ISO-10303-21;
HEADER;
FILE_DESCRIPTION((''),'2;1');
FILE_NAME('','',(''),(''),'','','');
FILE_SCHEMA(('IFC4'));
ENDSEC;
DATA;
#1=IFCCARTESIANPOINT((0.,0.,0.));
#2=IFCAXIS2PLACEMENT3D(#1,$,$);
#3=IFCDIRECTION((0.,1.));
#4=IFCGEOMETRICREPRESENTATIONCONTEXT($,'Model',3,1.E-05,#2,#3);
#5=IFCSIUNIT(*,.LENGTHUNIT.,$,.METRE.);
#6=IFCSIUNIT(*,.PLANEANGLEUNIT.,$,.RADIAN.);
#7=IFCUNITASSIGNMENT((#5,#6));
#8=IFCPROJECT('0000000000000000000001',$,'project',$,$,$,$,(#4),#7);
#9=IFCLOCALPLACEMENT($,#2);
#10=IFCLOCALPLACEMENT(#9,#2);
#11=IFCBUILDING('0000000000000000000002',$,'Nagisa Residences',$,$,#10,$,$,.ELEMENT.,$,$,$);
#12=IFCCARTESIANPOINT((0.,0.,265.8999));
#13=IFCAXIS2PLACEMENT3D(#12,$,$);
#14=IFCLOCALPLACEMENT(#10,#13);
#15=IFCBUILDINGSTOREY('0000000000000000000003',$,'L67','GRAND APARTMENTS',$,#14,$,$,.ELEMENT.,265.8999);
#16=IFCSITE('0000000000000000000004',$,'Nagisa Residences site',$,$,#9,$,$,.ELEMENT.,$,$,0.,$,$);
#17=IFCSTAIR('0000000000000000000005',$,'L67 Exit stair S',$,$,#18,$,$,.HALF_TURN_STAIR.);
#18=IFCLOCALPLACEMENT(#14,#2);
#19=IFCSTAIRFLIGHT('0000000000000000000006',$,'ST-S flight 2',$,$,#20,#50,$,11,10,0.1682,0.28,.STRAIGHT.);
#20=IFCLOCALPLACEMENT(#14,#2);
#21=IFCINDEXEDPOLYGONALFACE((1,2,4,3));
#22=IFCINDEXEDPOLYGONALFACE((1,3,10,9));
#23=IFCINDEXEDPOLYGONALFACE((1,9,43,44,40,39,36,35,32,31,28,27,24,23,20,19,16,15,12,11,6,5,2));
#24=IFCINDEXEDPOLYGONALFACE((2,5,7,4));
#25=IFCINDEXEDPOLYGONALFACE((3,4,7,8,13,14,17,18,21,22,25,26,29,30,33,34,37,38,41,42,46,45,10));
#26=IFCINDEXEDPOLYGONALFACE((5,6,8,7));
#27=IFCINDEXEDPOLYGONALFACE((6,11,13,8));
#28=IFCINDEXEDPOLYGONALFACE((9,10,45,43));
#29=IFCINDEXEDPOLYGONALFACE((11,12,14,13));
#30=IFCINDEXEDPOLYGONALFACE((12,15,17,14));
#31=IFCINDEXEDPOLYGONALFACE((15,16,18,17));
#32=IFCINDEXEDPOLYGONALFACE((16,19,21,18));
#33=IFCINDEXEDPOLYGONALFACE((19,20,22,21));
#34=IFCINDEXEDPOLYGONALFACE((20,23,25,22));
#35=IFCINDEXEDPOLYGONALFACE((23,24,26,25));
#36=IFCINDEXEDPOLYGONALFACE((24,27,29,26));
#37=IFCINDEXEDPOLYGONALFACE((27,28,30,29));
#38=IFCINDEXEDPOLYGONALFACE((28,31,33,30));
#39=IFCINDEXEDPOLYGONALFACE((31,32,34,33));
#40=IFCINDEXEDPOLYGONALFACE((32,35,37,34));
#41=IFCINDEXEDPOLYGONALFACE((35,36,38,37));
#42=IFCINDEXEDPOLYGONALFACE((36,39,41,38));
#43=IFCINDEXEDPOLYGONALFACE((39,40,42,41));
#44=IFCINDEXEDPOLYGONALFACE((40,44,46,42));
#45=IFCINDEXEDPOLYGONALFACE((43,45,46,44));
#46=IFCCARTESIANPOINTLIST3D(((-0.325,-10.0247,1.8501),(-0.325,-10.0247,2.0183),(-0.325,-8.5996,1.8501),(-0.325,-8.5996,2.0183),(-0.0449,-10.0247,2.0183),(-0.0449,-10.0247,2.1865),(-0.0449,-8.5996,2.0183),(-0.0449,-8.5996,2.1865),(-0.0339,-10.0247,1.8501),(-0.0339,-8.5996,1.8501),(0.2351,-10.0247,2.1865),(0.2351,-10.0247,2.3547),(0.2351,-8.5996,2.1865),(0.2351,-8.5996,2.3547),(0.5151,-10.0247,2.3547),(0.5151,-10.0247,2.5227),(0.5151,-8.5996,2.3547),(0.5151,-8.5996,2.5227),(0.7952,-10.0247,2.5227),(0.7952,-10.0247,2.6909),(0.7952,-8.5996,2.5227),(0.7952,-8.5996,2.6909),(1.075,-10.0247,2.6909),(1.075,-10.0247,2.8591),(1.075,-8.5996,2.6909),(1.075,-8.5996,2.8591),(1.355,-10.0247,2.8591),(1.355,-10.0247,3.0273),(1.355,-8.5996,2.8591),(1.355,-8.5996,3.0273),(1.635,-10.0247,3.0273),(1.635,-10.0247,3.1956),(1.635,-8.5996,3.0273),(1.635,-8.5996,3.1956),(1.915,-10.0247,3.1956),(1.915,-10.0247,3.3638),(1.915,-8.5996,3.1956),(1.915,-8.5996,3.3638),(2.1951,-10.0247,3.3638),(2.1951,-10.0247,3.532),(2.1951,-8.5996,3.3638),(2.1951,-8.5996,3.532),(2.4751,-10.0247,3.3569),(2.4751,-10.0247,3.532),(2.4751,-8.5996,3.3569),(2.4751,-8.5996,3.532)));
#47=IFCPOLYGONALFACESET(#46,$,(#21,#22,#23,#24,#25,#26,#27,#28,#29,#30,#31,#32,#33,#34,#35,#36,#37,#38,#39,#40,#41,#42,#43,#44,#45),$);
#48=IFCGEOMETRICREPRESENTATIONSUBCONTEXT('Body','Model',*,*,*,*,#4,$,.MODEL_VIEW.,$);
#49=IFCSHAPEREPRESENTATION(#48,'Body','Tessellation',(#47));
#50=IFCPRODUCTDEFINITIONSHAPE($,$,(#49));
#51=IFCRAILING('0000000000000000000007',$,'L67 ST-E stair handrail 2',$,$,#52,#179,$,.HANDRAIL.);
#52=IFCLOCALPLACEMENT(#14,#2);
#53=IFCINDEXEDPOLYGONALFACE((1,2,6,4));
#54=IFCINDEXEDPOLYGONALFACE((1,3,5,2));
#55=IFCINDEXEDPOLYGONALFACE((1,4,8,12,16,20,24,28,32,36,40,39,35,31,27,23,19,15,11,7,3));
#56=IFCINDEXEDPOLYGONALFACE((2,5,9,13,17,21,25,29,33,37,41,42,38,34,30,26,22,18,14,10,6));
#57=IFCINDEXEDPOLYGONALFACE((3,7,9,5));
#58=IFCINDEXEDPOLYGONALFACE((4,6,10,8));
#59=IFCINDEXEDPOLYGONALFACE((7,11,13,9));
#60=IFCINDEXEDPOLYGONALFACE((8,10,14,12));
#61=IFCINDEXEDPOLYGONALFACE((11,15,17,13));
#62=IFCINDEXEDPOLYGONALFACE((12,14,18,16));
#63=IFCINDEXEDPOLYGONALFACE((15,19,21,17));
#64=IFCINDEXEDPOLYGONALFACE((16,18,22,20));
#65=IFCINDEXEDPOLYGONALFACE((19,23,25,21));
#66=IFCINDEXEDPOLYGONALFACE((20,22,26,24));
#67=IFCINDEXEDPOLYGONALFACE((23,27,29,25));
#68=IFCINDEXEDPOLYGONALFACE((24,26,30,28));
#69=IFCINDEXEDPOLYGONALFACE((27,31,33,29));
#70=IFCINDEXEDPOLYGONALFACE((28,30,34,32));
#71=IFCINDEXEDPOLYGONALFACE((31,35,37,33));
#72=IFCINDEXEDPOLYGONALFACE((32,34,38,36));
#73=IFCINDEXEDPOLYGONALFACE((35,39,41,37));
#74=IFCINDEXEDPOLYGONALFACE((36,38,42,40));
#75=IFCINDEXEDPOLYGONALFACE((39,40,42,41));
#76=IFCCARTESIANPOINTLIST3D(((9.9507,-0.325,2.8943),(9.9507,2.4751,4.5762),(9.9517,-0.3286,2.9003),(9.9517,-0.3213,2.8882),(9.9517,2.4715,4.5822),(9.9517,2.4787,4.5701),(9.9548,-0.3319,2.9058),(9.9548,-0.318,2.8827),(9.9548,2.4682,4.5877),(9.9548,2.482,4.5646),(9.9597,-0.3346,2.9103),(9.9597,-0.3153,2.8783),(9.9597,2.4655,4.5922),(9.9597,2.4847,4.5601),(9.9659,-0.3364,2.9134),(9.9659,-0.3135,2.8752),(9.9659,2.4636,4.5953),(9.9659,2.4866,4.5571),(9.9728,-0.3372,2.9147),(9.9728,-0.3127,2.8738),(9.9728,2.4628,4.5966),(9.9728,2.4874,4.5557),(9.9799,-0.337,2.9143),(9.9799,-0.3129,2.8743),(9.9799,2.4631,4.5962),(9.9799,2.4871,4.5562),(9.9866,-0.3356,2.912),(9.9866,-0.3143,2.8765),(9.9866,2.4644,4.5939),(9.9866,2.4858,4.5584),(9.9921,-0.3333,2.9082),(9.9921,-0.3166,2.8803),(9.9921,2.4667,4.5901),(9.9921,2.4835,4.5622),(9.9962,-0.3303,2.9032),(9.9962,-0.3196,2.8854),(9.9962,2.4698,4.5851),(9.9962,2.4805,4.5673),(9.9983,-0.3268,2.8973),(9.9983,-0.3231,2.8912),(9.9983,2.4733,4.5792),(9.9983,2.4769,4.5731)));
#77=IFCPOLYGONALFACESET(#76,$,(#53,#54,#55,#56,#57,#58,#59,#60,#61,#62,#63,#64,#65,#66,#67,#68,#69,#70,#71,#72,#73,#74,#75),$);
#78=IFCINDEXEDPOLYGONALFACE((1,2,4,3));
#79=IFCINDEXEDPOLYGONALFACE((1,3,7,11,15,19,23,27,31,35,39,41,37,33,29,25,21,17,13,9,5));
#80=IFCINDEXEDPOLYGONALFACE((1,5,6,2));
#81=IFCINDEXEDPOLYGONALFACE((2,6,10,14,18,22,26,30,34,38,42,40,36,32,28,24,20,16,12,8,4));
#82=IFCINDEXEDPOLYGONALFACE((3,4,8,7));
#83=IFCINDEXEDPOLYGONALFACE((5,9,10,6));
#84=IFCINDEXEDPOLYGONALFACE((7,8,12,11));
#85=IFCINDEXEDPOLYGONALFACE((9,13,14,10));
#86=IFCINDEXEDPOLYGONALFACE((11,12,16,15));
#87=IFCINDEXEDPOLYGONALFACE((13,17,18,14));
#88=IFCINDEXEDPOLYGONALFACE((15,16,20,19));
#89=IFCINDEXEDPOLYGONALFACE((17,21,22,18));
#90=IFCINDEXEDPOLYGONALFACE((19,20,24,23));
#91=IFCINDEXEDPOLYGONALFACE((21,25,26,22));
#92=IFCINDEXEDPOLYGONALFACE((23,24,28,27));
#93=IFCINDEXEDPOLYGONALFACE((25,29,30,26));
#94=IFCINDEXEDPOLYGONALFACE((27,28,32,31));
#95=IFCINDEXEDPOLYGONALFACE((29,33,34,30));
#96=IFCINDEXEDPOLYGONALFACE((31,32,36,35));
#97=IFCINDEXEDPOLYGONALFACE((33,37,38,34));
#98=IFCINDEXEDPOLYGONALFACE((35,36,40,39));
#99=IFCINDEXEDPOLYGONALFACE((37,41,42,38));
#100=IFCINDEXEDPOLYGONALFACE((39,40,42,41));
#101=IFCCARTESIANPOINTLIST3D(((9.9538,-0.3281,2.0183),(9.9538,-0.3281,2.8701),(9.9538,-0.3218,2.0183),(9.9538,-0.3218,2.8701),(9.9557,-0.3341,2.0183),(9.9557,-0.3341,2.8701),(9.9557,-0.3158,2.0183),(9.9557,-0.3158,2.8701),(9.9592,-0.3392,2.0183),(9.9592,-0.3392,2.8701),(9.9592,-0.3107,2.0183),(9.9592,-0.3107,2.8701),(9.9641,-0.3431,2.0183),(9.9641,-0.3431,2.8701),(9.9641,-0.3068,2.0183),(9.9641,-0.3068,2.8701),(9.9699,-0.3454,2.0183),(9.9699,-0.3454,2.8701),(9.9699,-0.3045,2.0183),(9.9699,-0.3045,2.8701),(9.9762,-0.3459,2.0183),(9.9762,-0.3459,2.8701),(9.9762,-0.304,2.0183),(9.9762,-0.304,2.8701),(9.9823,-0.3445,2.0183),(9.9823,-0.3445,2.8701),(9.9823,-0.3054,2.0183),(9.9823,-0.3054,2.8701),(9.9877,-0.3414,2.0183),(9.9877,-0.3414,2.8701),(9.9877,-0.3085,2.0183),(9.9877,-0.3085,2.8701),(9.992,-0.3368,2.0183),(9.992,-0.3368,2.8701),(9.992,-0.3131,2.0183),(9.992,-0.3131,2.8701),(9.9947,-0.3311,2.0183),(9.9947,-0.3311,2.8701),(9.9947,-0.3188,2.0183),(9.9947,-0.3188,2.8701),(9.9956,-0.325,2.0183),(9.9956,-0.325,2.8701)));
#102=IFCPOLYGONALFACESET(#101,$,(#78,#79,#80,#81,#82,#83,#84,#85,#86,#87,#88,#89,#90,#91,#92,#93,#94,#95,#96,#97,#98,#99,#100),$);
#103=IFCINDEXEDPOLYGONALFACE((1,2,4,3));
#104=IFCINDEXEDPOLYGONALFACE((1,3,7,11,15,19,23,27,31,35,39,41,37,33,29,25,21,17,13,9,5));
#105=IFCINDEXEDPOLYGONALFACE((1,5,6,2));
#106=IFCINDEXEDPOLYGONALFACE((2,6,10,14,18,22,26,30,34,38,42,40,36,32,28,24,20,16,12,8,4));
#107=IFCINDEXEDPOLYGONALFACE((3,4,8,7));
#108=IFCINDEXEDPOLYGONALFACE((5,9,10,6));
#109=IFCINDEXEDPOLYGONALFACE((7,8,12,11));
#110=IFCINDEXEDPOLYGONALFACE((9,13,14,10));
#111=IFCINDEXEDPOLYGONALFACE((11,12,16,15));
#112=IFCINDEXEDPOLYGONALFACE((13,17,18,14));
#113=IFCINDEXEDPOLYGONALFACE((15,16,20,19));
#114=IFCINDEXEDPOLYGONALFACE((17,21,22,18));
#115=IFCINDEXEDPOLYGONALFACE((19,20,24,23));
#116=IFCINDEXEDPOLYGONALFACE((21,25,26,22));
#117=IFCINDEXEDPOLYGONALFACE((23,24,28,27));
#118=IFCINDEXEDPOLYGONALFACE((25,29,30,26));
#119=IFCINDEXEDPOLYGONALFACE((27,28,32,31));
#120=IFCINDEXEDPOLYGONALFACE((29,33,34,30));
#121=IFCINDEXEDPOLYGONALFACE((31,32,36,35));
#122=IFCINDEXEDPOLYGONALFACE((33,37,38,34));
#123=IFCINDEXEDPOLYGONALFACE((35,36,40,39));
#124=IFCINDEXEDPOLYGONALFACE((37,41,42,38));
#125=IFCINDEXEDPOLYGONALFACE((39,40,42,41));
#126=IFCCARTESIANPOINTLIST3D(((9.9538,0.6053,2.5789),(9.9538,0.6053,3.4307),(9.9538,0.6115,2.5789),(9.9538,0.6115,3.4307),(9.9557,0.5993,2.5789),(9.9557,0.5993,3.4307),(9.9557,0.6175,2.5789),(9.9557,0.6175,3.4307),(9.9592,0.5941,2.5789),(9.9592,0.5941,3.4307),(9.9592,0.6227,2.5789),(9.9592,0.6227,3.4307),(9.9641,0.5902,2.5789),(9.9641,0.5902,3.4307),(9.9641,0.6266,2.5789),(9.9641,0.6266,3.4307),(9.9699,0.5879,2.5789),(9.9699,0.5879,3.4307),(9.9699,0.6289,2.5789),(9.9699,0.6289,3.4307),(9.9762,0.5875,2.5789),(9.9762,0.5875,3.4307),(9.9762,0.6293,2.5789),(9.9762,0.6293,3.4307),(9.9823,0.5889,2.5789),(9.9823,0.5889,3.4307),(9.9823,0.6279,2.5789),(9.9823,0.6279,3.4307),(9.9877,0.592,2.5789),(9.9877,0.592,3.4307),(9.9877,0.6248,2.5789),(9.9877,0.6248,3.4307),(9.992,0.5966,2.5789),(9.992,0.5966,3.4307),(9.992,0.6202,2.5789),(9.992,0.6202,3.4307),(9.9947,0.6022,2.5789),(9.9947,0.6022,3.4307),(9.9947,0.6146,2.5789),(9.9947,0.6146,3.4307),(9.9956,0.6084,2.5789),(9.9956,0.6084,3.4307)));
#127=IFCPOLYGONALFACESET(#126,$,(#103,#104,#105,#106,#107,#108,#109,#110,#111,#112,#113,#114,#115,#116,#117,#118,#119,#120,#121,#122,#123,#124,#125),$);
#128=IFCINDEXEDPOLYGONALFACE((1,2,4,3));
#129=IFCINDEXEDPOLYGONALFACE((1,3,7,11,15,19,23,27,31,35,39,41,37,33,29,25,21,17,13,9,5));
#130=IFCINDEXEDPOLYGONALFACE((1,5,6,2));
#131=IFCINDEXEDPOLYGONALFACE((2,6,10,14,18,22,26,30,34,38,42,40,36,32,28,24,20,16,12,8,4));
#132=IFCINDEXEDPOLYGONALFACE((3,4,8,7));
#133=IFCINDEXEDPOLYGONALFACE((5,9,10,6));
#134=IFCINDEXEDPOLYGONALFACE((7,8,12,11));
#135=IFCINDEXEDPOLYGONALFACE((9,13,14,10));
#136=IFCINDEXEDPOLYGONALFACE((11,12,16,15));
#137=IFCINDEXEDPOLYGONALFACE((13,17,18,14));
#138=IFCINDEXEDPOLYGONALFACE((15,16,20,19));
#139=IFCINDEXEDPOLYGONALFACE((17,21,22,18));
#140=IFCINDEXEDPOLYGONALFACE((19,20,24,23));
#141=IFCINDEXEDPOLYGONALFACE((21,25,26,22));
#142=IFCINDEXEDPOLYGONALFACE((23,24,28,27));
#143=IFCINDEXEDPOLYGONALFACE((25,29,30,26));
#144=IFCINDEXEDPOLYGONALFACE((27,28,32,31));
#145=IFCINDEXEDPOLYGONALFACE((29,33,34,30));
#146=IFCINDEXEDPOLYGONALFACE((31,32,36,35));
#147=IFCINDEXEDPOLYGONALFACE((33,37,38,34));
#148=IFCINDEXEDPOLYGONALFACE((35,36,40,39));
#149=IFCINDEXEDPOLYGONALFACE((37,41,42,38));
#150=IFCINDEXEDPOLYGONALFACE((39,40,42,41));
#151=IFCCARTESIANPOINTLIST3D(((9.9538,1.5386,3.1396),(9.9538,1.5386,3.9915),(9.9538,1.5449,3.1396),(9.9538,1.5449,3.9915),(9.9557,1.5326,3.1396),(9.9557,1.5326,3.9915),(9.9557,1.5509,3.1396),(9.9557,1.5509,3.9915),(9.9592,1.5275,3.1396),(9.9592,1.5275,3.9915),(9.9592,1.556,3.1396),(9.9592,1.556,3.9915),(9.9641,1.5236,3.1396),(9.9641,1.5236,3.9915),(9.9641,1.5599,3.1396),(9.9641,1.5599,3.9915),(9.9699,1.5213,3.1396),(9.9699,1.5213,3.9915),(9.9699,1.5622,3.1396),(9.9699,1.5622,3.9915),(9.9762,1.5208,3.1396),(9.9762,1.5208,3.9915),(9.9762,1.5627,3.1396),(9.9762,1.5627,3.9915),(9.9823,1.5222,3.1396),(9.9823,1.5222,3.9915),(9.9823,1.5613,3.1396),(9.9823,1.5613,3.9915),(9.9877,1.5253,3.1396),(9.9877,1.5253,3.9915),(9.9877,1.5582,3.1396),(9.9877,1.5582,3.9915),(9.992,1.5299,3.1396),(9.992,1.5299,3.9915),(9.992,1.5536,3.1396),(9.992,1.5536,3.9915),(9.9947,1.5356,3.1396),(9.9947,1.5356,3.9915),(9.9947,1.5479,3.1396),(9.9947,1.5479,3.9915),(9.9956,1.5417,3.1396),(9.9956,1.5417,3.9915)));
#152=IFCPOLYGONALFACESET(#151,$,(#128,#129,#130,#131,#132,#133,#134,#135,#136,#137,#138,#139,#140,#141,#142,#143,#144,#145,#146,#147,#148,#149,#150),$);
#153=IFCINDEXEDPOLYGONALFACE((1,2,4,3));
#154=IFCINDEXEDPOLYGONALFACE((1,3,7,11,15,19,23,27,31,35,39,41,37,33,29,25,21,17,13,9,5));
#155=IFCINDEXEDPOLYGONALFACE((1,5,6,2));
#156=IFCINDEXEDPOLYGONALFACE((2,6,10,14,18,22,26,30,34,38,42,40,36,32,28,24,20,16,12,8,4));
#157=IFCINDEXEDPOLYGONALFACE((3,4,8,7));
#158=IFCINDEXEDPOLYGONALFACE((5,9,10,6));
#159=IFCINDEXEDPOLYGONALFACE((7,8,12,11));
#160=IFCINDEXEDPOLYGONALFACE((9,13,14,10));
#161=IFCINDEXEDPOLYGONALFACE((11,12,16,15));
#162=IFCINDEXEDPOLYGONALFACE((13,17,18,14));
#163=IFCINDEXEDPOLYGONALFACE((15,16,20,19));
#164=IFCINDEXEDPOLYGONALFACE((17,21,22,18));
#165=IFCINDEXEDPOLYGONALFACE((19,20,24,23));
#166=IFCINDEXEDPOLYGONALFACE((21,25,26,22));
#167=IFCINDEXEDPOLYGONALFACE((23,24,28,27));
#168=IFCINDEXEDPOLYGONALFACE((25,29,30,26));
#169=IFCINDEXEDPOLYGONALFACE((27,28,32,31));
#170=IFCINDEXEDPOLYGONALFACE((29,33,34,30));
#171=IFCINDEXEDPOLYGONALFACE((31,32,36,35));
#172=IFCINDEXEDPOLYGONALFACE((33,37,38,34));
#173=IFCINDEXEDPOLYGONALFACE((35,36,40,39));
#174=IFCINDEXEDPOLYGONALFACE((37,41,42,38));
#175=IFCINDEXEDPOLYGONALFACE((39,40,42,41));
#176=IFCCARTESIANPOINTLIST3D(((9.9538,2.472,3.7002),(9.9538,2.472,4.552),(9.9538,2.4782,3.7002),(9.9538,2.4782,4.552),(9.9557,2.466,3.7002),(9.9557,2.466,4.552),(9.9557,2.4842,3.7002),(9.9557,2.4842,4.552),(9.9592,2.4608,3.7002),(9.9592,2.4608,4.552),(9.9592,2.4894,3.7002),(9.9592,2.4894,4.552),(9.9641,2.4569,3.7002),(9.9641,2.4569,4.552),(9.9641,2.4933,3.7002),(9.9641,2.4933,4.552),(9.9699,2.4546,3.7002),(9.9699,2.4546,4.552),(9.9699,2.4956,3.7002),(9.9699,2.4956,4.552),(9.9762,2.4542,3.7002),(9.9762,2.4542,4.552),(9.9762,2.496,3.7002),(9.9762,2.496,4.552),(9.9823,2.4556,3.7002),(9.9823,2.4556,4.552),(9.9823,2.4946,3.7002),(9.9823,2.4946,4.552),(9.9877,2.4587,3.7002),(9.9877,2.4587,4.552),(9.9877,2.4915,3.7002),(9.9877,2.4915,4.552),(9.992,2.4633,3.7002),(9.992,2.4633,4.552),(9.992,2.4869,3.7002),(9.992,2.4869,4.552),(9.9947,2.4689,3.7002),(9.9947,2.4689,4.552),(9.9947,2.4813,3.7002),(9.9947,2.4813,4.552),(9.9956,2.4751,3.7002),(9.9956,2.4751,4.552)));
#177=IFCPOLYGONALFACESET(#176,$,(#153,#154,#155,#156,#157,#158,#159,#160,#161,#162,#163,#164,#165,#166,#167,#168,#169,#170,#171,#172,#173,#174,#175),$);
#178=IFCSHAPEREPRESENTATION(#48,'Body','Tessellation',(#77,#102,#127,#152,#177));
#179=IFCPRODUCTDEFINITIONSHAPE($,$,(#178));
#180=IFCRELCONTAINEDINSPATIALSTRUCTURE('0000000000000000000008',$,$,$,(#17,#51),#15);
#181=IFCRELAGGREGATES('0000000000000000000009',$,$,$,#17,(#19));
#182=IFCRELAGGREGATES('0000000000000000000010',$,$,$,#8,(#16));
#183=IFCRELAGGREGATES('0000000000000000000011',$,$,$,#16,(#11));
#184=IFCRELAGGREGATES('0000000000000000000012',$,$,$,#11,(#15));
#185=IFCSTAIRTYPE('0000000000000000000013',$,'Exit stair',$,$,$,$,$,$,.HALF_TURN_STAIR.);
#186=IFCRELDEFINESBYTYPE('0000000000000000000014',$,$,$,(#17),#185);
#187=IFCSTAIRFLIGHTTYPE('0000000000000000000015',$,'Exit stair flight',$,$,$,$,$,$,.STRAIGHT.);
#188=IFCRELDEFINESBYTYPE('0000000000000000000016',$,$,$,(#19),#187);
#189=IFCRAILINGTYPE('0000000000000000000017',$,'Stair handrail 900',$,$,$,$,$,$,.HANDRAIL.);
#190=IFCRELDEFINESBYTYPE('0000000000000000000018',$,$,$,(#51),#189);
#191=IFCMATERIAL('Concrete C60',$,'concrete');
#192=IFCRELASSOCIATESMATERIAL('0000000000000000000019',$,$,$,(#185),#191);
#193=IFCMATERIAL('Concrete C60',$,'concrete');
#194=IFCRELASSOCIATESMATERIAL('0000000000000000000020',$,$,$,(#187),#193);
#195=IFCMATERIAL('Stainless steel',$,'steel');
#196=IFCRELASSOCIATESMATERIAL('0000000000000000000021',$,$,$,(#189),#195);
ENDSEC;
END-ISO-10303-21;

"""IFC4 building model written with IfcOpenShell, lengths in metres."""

from ifc_helpers import new_model, si_unit, direction, frame, origin, origin_2d, place, context, subcontext, project, spatial, polyline, circle, outline, extrude, material, type_object, element, aggregate, save


model = new_model("IFC4")

# Units and contexts
model_context = context("Model", 3, precision=1e-05, world=origin(), true_north=direction((0.0, 1.0)))
body_context = subcontext(model_context, "Body", "Model", "MODEL_VIEW")
ifc_project = project(units=[si_unit("LENGTHUNIT", "METRE"), si_unit("PLANEANGLEUNIT", "RADIAN")], contexts=[model_context])

# Site, building, storey
site_placement = place(None, origin())
site = spatial("IfcSite", under=ifc_project, at=site_placement, Name="Nagisa Residences site", CompositionType="ELEMENT", RefElevation=0.0)
building_placement = place(site_placement, origin())
building = spatial("IfcBuilding", under=site, at=building_placement, Name="Nagisa Residences", CompositionType="ELEMENT")
storey_placement = place(building_placement, frame((0.0, 0.0, 265.8999)))
storey = spatial("IfcBuildingStorey", under=building, at=storey_placement, Name="L67", Description="GRAND APARTMENTS", CompositionType="ELEMENT", Elevation=265.8999)

# Shared definitions
ifc_material_1 = material(Name="Concrete C60", Category="concrete")
stair_type = type_object("IfcStairType", Name="Exit stair", PredefinedType="HALF_TURN_STAIR", material=ifc_material_1)
ifc_material_2 = material(Name="Concrete C60", Category="concrete")
stair_flight_type = type_object("IfcStairFlightType", Name="Exit stair flight", PredefinedType="STRAIGHT", material=ifc_material_2)

# Stair, stair flight
stair_1_placement = place(storey_placement, origin())
stair_1 = element("IfcStair", 1, at=stair_1_placement, inside=storey, type_object=stair_type, Name="L67 Exit stair S", PredefinedType="HALF_TURN_STAIR")
stair_flight_1_placement = place(storey_placement, frame((-0.325, -9.312, 1.8501), z_axis=(0.0, 0.0, 1.0), x_axis=(1.0, 0.0, 0.0)))
stair_flight_1 = element("IfcStairFlight", 2, at=stair_flight_1_placement, type_object=stair_flight_type, Name="ST-S flight 2", NumberOfRisers=11, NumberOfTreads=10, PredefinedType="STRAIGHT", RiserHeight=0.1682, TreadLength=0.28, context=body_context, shape_type="SweptSolid", body=[
    extrude(outline(polyline([(0.0, 0.0), (0.0, 0.1682), (0.28, 0.1682), (0.28, 0.3364), (0.5601, 0.3364), (0.5601, 0.5046), (0.8401, 0.5046), (0.8401, 0.6726), (1.1201, 0.6726), (1.1201, 0.8408), (1.3999, 0.8408), (1.3999, 1.009), (1.6799, 1.009), (1.6799, 1.1772), (1.96, 1.1772), (1.96, 1.3455), (2.24, 1.3455), (2.24, 1.5137), (2.52, 1.5137), (2.52, 1.6819), (2.8, 1.6819), (2.8, 1.8501), (2.8, 1.5068), (0.291, 0.0), (0.0, 0.0)])), frame((0.0, 0.7124, 0.0), z_axis=(0.0, -1.0, 0.0), x_axis=(1.0, 0.0, 0.0)), (0.0, 0.0, 1.0), 1.425),
])
aggregate(stair_1, [stair_flight_1])

# Railing
ifc_material_3 = material(Name="Stainless steel", Category="steel")
railing_type_1 = type_object("IfcRailingType", Name="Stair handrail 900", PredefinedType="HANDRAIL", material=ifc_material_3)
railing_1_placement = place(storey_placement, frame((9.9746, -0.325, 2.0183)))
element("IfcRailing", 3, at=railing_1_placement, inside=storey, type_object=railing_type_1, Name="L67 ST-E stair handrail 2", PredefinedType="HANDRAIL", context=body_context, shape_type="SweptSolid", body=[
    extrude(circle(Radius=0.0239, at=origin_2d()), frame((0.0, 0.0, 0.876), z_axis=(0.0, 0.857242, 0.514913), x_axis=(-1.0, 0.0, 0.0)), (0.0, 0.0, 1.0), 3.2664),
    extrude(circle(Radius=0.021, at=origin_2d()), origin(), (0.0, 0.0, 1.0), 0.8518),
    extrude(circle(Radius=0.021, at=origin_2d()), frame((0.0, 0.9333, 0.5605)), (0.0, 0.0, 1.0), 0.8518),
    extrude(circle(Radius=0.021, at=origin_2d()), frame((0.0, 1.8667, 1.1213)), (0.0, 0.0, 1.0), 0.8518),
    extrude(circle(Radius=0.021, at=origin_2d()), frame((0.0, 2.8, 1.6819)), (0.0, 0.0, 1.0), 0.8518),
])

save(model, "model.ifc")
